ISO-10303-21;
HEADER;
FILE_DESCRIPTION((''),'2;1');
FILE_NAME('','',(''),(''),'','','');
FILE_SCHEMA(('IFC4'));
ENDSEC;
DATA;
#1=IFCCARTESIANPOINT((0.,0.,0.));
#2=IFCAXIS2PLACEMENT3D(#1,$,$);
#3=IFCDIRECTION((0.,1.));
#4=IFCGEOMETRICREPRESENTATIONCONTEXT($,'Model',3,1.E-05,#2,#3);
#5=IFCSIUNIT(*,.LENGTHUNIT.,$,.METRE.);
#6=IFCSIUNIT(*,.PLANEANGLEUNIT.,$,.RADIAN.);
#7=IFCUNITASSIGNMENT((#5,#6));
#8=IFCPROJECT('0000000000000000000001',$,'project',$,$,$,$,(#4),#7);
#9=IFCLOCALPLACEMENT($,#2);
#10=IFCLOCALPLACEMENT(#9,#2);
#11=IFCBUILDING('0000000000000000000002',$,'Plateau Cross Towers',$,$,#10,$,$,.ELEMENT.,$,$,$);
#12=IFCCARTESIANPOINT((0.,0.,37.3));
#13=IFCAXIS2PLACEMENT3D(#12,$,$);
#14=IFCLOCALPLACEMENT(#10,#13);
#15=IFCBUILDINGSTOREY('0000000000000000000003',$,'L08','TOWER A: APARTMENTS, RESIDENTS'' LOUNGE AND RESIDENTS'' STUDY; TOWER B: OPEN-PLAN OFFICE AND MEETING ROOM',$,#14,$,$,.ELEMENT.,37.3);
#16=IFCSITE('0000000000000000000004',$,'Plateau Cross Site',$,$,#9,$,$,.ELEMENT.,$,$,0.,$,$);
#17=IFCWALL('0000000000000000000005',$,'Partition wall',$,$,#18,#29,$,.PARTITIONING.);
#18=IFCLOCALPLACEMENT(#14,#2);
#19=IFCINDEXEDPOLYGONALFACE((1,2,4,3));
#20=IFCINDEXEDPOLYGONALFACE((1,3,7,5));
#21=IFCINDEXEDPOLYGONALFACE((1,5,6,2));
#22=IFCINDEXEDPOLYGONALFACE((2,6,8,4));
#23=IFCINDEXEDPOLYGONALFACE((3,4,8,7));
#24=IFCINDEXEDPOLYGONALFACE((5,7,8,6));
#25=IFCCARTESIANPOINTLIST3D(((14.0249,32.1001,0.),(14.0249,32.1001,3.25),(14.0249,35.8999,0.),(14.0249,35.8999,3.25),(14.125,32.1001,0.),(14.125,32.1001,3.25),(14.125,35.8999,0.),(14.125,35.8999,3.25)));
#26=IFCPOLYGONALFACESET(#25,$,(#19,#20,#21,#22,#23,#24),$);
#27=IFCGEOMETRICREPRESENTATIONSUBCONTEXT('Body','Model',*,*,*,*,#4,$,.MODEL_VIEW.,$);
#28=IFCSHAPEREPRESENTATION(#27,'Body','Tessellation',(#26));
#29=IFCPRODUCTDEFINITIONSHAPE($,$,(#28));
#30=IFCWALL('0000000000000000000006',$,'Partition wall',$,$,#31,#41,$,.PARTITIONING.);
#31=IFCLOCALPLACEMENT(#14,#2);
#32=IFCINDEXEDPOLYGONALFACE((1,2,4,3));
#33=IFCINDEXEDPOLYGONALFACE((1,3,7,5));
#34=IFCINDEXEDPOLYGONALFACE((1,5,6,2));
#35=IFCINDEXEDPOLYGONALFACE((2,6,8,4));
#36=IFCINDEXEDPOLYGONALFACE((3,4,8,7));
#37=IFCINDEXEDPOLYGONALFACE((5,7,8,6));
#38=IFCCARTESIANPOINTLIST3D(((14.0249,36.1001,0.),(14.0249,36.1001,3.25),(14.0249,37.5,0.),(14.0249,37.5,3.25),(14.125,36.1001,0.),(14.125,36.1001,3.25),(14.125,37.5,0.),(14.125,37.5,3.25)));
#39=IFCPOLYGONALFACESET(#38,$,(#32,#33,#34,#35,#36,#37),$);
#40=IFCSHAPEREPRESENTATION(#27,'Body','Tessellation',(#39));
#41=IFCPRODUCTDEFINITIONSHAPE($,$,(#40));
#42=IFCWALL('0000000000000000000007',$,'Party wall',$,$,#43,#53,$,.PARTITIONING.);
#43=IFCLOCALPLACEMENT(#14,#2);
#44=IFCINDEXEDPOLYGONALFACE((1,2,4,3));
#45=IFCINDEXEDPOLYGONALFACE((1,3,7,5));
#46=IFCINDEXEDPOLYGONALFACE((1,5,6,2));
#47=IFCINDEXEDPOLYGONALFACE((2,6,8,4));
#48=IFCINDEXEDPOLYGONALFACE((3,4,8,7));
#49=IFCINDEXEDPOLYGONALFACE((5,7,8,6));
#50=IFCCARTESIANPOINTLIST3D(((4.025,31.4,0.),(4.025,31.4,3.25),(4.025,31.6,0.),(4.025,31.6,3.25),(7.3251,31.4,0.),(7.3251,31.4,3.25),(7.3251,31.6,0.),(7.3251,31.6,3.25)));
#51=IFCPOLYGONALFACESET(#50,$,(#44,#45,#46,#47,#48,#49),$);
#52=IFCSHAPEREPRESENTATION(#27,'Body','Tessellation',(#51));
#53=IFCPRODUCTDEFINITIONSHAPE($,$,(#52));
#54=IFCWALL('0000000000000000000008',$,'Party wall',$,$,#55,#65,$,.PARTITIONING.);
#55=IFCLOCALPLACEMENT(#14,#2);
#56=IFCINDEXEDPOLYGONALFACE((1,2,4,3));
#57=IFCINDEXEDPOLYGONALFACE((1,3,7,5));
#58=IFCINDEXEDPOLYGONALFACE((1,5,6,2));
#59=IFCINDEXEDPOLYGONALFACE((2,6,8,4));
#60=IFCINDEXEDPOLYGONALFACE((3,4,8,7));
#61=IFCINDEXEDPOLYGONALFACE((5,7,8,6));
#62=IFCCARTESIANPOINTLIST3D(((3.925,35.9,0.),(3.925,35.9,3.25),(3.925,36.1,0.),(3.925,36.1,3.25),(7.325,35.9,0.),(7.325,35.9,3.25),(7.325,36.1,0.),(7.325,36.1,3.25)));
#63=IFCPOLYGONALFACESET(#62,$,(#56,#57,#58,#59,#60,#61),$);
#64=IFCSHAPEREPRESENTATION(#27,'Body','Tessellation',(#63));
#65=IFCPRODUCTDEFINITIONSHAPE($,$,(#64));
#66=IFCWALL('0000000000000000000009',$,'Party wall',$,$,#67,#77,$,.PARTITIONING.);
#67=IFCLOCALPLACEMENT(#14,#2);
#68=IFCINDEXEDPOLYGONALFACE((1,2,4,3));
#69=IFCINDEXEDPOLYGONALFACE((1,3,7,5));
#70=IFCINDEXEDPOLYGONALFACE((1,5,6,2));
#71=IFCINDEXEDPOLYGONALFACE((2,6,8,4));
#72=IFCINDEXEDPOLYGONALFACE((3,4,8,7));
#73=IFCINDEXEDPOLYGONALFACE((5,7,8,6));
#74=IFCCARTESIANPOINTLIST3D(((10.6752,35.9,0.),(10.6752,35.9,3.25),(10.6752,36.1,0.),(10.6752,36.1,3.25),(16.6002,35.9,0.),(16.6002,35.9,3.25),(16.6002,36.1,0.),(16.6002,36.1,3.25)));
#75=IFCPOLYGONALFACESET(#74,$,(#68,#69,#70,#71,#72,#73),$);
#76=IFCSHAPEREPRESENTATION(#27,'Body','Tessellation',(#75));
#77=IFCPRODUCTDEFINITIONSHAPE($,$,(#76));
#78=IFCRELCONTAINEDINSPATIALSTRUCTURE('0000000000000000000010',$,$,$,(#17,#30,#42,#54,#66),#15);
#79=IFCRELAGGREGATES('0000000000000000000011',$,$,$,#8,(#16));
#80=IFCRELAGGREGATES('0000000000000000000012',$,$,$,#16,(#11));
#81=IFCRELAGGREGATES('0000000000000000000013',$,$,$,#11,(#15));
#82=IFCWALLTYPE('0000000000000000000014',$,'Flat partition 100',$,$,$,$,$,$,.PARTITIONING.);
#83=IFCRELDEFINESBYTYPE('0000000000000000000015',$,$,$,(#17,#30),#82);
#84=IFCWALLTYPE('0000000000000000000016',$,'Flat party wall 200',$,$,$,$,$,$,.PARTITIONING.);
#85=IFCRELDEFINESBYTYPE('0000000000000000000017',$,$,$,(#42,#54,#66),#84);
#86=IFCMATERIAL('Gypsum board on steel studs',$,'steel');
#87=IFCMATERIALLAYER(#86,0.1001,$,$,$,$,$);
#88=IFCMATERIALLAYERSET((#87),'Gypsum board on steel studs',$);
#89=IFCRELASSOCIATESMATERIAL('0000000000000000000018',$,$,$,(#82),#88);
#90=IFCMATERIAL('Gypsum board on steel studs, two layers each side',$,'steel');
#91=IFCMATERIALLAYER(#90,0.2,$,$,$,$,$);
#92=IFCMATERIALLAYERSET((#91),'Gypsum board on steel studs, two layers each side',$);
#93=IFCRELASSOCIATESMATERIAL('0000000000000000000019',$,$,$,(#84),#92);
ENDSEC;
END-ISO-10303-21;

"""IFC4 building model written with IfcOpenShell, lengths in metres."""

from ifc_helpers import new_model, si_unit, direction, frame, frame_2d, origin, place, context, subcontext, project, spatial, rectangle, extrude, material, layer, layer_set, type_object, element, save


model = new_model("IFC4")

# Units and contexts
model_context = context("Model", 3, precision=1e-05, world=origin(), true_north=direction((0.0, 1.0)))
body_context = subcontext(model_context, "Body", "Model", "MODEL_VIEW")
ifc_project = project(units=[si_unit("LENGTHUNIT", "METRE"), si_unit("PLANEANGLEUNIT", "RADIAN")], contexts=[model_context])

# Site, building, storey
site_placement = place(None, origin())
site = spatial("IfcSite", under=ifc_project, at=site_placement, Name="Plateau Cross Site", CompositionType="ELEMENT", RefElevation=0.0)
building_placement = place(site_placement, origin())
building = spatial("IfcBuilding", under=site, at=building_placement, Name="Plateau Cross Towers", CompositionType="ELEMENT")
storey_placement = place(building_placement, frame((0.0, 0.0, 37.3)))
storey = spatial("IfcBuildingStorey", under=building, at=storey_placement, Name="L08", Description="TOWER A: APARTMENTS, RESIDENTS' LOUNGE AND RESIDENTS' STUDY; TOWER B: OPEN-PLAN OFFICE AND MEETING ROOM", CompositionType="ELEMENT", Elevation=37.3)

# Shared definitions
ifc_material_1 = material(Name="Gypsum board on steel studs", Category="steel")
ifc_layer_1 = layer(ifc_material_1, 0.1001)
ifc_layer_set_1 = layer_set([ifc_layer_1], Name="Gypsum board on steel studs")
wall_type_1 = type_object("IfcWallType", Name="Flat partition 100", PredefinedType="PARTITIONING", material=ifc_layer_set_1)

# Walls
wall_1_placement = place(storey_placement, frame((14.075, 32.1001, 0.0), z_axis=(0.0, 0.0, 1.0), x_axis=(0.0, 1.0, 0.0)))
element("IfcWall", 1, at=wall_1_placement, inside=storey, type_object=wall_type_1, Name="Partition wall", PredefinedType="PARTITIONING", context=body_context, shape_type="SweptSolid", body=[
    extrude(rectangle(XDim=3.7998, YDim=0.1001, at=frame_2d((1.8999, 0.0))), origin(), (0.0, 0.0, 1.0), 3.25),
])
wall_2_placement = place(storey_placement, frame((14.075, 36.1001, 0.0), z_axis=(0.0, 0.0, 1.0), x_axis=(0.0, 1.0, 0.0)))
element("IfcWall", 2, at=wall_2_placement, inside=storey, type_object=wall_type_1, Name="Partition wall", PredefinedType="PARTITIONING", context=body_context, shape_type="SweptSolid", body=[
    extrude(rectangle(XDim=1.3999, YDim=0.1001, at=frame_2d((0.7, 0.0))), origin(), (0.0, 0.0, 1.0), 3.25),
])
ifc_material_2 = material(Name="Gypsum board on steel studs, two layers each side", Category="steel")
ifc_layer_2 = layer(ifc_material_2, 0.2)
ifc_layer_set_2 = layer_set([ifc_layer_2], Name="Gypsum board on steel studs, two layers each side")
wall_type_2 = type_object("IfcWallType", Name="Flat party wall 200", PredefinedType="PARTITIONING", material=ifc_layer_set_2)
wall_3_placement = place(storey_placement, frame((7.325, 31.5, 0.0), z_axis=(0.0, 0.0, 1.0), x_axis=(-1.0, 0.0, 0.0)))
element("IfcWall", 3, at=wall_3_placement, inside=storey, type_object=wall_type_2, Name="Party wall", PredefinedType="PARTITIONING", context=body_context, shape_type="SweptSolid", body=[
    extrude(rectangle(XDim=3.3, YDim=0.2, at=frame_2d((1.6499, 0.0))), origin(), (0.0, 0.0, 1.0), 3.25),
])
wall_4_placement = place(storey_placement, frame((7.325, 36.0, 0.0), z_axis=(0.0, 0.0, 1.0), x_axis=(-1.0, 0.0, 0.0)))
element("IfcWall", 4, at=wall_4_placement, inside=storey, type_object=wall_type_2, Name="Party wall", PredefinedType="PARTITIONING", context=body_context, shape_type="SweptSolid", body=[
    extrude(rectangle(XDim=3.3999, YDim=0.2, at=frame_2d((1.7, 0.0))), origin(), (0.0, 0.0, 1.0), 3.25),
])
wall_5_placement = place(storey_placement, frame((16.6001, 36.0, 0.0), z_axis=(0.0, 0.0, 1.0), x_axis=(-1.0, 0.0, 0.0)))
element("IfcWall", 5, at=wall_5_placement, inside=storey, type_object=wall_type_2, Name="Party wall", PredefinedType="PARTITIONING", context=body_context, shape_type="SweptSolid", body=[
    extrude(rectangle(XDim=5.925, YDim=0.2, at=frame_2d((2.9624, 0.0))), origin(), (0.0, 0.0, 1.0), 3.25),
])

save(model, "model.ifc")
